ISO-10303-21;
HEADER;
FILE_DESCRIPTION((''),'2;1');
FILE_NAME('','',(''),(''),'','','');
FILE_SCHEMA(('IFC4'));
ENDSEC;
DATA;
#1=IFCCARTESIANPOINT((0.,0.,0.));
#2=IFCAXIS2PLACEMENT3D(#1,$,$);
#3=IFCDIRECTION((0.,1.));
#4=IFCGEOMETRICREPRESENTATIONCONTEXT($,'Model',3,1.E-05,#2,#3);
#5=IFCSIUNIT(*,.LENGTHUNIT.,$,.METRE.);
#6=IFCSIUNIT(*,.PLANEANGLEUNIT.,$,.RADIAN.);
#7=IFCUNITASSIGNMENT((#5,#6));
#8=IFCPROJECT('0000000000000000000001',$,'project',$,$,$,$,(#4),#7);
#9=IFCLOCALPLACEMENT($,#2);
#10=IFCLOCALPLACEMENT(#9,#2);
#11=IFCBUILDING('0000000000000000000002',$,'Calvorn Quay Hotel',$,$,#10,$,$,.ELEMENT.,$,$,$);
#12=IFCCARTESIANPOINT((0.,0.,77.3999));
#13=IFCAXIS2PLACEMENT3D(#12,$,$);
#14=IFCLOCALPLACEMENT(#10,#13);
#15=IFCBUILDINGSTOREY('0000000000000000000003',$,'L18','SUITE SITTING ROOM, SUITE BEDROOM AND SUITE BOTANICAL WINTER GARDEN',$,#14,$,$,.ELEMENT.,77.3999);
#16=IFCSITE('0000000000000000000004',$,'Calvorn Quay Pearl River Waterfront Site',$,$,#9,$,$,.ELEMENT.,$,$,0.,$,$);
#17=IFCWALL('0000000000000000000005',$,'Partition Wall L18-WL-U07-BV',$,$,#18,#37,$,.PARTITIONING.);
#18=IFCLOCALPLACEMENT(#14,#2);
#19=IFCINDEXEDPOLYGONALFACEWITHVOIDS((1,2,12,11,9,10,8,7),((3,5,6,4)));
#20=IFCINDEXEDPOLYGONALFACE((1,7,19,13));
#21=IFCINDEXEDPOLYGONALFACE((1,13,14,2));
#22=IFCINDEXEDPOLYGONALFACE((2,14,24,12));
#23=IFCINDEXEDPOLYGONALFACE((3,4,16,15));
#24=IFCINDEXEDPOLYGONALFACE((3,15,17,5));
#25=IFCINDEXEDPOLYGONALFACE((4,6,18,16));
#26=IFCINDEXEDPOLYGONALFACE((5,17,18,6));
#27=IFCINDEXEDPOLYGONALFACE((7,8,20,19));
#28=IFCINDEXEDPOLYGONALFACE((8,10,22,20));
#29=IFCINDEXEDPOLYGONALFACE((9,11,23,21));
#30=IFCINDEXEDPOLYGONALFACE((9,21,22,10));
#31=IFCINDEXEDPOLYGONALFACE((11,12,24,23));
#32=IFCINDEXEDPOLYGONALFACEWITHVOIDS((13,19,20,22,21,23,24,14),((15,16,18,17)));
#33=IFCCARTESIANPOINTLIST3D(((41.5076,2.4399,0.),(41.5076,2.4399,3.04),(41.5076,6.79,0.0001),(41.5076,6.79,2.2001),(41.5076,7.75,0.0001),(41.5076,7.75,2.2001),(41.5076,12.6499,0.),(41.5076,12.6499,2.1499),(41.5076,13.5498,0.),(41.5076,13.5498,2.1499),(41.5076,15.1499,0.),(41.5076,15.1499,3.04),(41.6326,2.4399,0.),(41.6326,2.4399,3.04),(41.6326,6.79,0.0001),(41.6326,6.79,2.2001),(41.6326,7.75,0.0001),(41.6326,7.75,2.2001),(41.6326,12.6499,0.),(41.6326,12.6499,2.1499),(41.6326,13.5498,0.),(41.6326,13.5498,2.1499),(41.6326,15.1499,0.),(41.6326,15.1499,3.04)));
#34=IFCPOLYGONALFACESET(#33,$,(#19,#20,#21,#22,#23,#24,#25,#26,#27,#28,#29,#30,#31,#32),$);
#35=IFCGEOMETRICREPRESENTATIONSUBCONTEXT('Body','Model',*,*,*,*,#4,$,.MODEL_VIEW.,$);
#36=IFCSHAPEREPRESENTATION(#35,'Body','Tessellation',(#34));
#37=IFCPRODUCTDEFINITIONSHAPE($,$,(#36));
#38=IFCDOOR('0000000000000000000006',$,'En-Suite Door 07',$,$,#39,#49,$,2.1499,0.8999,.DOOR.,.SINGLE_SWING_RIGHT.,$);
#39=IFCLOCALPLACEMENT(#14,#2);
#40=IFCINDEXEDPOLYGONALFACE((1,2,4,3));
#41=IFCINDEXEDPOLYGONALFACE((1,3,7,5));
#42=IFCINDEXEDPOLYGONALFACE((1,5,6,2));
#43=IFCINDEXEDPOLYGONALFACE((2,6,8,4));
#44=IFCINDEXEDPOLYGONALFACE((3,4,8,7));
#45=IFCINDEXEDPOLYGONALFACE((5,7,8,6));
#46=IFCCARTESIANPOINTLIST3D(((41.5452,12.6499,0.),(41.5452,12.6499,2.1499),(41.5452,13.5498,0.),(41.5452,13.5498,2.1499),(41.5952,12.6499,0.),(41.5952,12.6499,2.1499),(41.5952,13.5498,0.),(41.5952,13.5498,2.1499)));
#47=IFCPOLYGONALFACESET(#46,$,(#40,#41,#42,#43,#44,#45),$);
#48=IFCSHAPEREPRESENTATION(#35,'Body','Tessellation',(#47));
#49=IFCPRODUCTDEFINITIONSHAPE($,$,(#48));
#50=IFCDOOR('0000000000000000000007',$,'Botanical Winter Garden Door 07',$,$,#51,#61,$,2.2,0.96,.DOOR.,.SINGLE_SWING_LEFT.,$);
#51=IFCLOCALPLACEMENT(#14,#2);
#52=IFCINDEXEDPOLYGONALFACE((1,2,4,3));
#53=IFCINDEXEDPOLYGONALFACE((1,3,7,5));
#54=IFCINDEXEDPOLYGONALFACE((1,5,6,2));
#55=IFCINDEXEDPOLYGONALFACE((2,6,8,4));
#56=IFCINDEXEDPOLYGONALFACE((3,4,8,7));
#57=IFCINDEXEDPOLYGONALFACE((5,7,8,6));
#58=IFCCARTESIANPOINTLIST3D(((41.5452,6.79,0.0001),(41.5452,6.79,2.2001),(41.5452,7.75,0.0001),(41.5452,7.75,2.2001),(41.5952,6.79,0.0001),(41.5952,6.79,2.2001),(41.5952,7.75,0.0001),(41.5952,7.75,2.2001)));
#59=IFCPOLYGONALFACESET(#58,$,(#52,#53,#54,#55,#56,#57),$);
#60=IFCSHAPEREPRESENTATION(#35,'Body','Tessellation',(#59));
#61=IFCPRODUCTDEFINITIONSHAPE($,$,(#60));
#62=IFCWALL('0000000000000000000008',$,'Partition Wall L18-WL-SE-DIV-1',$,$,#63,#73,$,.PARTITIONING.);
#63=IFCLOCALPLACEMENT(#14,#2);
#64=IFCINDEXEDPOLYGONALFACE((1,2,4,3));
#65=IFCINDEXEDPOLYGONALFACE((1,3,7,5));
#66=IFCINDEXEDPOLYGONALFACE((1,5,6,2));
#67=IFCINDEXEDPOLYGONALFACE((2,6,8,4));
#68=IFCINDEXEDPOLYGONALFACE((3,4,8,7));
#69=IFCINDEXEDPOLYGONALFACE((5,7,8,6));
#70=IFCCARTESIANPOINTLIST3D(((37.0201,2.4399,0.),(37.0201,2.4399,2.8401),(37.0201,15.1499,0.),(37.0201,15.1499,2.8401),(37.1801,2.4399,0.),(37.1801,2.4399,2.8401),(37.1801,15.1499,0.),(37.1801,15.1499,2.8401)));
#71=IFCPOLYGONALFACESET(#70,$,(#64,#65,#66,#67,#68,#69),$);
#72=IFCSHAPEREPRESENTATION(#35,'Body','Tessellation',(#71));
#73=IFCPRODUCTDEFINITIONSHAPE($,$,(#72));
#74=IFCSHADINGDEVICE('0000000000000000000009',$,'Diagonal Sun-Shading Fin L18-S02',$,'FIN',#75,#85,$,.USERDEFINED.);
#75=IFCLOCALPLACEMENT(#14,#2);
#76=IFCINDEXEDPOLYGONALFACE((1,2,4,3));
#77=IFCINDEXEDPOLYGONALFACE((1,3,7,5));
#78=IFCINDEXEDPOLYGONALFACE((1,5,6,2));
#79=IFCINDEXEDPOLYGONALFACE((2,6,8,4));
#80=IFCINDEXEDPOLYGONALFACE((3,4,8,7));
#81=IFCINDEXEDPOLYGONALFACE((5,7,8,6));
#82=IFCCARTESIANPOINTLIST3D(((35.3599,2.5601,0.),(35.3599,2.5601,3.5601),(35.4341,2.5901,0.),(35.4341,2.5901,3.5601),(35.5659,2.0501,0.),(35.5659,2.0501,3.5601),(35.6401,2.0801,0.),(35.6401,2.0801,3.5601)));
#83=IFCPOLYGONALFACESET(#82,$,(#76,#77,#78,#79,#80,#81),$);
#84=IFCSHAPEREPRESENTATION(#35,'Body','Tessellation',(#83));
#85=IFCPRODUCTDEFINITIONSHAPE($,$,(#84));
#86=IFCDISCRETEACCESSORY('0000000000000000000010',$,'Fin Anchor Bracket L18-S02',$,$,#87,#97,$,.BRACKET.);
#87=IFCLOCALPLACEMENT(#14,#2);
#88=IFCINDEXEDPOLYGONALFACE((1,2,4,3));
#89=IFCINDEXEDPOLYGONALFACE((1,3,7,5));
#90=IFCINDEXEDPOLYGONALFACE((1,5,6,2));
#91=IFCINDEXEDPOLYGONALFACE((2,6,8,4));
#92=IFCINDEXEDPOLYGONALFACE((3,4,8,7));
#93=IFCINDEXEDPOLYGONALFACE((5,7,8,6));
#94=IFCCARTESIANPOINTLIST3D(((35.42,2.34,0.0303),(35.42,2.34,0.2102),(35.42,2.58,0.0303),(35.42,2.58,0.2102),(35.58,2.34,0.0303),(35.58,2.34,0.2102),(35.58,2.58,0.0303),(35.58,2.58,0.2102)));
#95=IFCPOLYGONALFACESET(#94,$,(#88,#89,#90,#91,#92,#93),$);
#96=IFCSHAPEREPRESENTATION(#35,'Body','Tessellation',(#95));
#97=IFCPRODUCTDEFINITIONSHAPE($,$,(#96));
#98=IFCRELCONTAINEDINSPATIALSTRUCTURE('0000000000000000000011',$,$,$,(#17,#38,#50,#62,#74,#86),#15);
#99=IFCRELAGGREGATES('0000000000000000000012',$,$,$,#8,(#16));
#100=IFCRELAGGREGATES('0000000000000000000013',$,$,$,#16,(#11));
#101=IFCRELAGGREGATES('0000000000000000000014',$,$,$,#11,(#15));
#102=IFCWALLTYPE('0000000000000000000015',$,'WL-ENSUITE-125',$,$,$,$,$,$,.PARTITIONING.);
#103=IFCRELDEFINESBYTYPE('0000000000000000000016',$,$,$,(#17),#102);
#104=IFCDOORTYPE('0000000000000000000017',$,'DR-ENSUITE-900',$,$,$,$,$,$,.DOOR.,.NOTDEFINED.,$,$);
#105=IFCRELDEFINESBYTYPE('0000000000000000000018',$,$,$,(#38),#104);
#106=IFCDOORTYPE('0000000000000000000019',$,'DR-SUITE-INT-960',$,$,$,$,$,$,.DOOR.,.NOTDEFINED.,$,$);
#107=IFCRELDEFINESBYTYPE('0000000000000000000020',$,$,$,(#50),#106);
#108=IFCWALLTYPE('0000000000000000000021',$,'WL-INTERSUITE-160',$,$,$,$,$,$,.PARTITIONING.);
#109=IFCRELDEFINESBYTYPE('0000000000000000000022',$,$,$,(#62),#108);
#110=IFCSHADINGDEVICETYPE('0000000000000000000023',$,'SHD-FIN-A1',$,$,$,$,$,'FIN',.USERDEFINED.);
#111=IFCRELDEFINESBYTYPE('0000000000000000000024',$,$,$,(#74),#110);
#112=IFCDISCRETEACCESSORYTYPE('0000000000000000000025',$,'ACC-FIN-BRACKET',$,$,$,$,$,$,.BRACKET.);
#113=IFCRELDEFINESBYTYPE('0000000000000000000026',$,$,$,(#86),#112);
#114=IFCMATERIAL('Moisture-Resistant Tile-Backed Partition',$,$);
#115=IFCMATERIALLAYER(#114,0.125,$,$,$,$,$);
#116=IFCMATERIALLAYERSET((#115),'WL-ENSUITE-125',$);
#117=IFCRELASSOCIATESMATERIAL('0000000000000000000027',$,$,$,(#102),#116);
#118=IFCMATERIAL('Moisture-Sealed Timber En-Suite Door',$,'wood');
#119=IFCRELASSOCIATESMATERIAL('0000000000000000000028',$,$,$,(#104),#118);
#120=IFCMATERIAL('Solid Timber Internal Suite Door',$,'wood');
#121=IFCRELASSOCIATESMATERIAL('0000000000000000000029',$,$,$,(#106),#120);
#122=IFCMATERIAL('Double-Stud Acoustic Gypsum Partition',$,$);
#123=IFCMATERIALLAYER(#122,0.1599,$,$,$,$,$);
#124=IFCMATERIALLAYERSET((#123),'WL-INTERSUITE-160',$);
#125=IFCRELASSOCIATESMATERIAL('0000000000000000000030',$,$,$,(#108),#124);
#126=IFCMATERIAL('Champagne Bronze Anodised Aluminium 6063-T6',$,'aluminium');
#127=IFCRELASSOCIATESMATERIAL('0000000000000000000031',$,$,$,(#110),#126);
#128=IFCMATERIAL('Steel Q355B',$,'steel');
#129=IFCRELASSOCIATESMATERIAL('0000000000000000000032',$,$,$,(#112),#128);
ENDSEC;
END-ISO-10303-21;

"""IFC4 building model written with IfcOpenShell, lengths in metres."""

from ifc_helpers import new_model, si_unit, direction, frame, frame_2d, origin, origin_2d, place, context, subcontext, project, spatial, rectangle, extrude, material, layer, layer_set, type_object, element, fill, save


model = new_model("IFC4")

# Units and contexts
model_context = context("Model", 3, precision=1e-05, world=origin(), true_north=direction((0.0, 1.0)))
body_context = subcontext(model_context, "Body", "Model", "MODEL_VIEW")
ifc_project = project(units=[si_unit("LENGTHUNIT", "METRE"), si_unit("PLANEANGLEUNIT", "RADIAN")], contexts=[model_context])

# Site, building, storey
site_placement = place(None, origin())
site = spatial("IfcSite", under=ifc_project, at=site_placement, Name="Calvorn Quay Pearl River Waterfront Site", CompositionType="ELEMENT", RefElevation=0.0)
building_placement = place(site_placement, origin())
building = spatial("IfcBuilding", under=site, at=building_placement, Name="Calvorn Quay Hotel", CompositionType="ELEMENT")
storey_placement = place(building_placement, frame((0.0, 0.0, 77.3999)))
storey = spatial("IfcBuildingStorey", under=building, at=storey_placement, Name="L18", Description="SUITE SITTING ROOM, SUITE BEDROOM AND SUITE BOTANICAL WINTER GARDEN", CompositionType="ELEMENT", Elevation=77.3999)

# Wall, openings, doors
ifc_material_1 = material(Name="Moisture-Resistant Tile-Backed Partition")
ifc_layer_1 = layer(ifc_material_1, 0.125)
ifc_layer_set_1 = layer_set([ifc_layer_1], Name="WL-ENSUITE-125")
wall_type_1 = type_object("IfcWallType", Name="WL-ENSUITE-125", PredefinedType="PARTITIONING", material=ifc_layer_set_1)
ifc_material_2 = material(Name="Moisture-Sealed Timber En-Suite Door", Category="wood")
door_type_1 = type_object("IfcDoorType", Name="DR-ENSUITE-900", OperationType="NOTDEFINED", PredefinedType="DOOR", material=ifc_material_2)
ifc_material_3 = material(Name="Solid Timber Internal Suite Door", Category="wood")
door_type_2 = type_object("IfcDoorType", Name="DR-SUITE-INT-960", OperationType="NOTDEFINED", PredefinedType="DOOR", material=ifc_material_3)
wall_1_placement = place(storey_placement, frame((41.5701, 2.4399, 0.0), z_axis=(0.0, 0.0, 1.0), x_axis=(0.0, 1.0, 0.0)))
wall_1 = element("IfcWall", 1, at=wall_1_placement, inside=storey, type_object=wall_type_1, Name="Partition Wall L18-WL-U07-BV", PredefinedType="PARTITIONING", context=body_context, shape_type="SweptSolid", body=[
    extrude(rectangle(XDim=12.71, YDim=0.125, at=frame_2d((6.355, 0.0))), origin(), (0.0, 0.0, 1.0), 3.04),
])
opening_1_placement = place(wall_1_placement, frame((4.3501, 0.0, 0.0)))
opening_1 = element("IfcOpeningElement", 2, at=opening_1_placement, cuts=wall_1, PredefinedType="OPENING", context=body_context, shape_type="SweptSolid", body=[
    extrude(rectangle(XDim=0.96, YDim=2.2, at=frame_2d((0.48, 1.1001))), frame((0.0, 0.0725, 0.0), z_axis=(0.0, -1.0, 0.0), x_axis=(1.0, 0.0, 0.0)), (0.0, 0.0, 1.0), 0.145),
])
opening_2_placement = place(wall_1_placement, frame((10.21, 0.0, 0.0)))
opening_2 = element("IfcOpeningElement", 3, at=opening_2_placement, cuts=wall_1, PredefinedType="OPENING", context=body_context, shape_type="SweptSolid", body=[
    extrude(rectangle(XDim=0.8999, YDim=2.1499, at=frame_2d((0.45, 1.075))), frame((0.0, 0.0725, 0.0), z_axis=(0.0, -1.0, 0.0), x_axis=(1.0, 0.0, 0.0)), (0.0, 0.0, 1.0), 0.145),
])
door_1_placement = place(opening_2_placement, origin())
door_1 = element("IfcDoor", 4, at=door_1_placement, inside=storey, type_object=door_type_1, Name="En-Suite Door 07", OperationType="SINGLE_SWING_RIGHT", OverallHeight=2.1499, OverallWidth=0.8999, PredefinedType="DOOR", context=body_context, shape_type="SweptSolid", body=[
    extrude(rectangle(XDim=0.8999, YDim=2.1499, at=frame_2d((0.45, 1.075))), frame((0.0, 0.0249, 0.0), z_axis=(0.0, -1.0, 0.0), x_axis=(1.0, 0.0, 0.0)), (0.0, 0.0, 1.0), 0.05),
])
fill(opening_2, door_1)
door_2_placement = place(opening_1_placement, origin())
door_2 = element("IfcDoor", 5, at=door_2_placement, inside=storey, type_object=door_type_2, Name="Botanical Winter Garden Door 07", OperationType="SINGLE_SWING_LEFT", OverallHeight=2.2, OverallWidth=0.96, PredefinedType="DOOR", context=body_context, shape_type="SweptSolid", body=[
    extrude(rectangle(XDim=0.96, YDim=2.2, at=frame_2d((0.48, 1.1001))), frame((0.0, 0.0249, 0.0), z_axis=(0.0, -1.0, 0.0), x_axis=(1.0, 0.0, 0.0)), (0.0, 0.0, 1.0), 0.05),
])
fill(opening_1, door_2)

# Wall
ifc_material_4 = material(Name="Double-Stud Acoustic Gypsum Partition")
ifc_layer_2 = layer(ifc_material_4, 0.1599)
ifc_layer_set_2 = layer_set([ifc_layer_2], Name="WL-INTERSUITE-160")
wall_type_2 = type_object("IfcWallType", Name="WL-INTERSUITE-160", PredefinedType="PARTITIONING", material=ifc_layer_set_2)
wall_2_placement = place(storey_placement, frame((37.1001, 2.4399, 0.0), z_axis=(0.0, 0.0, 1.0), x_axis=(0.0, 1.0, 0.0)))
element("IfcWall", 6, at=wall_2_placement, inside=storey, type_object=wall_type_2, Name="Partition Wall L18-WL-SE-DIV-1", PredefinedType="PARTITIONING", context=body_context, shape_type="SweptSolid", body=[
    extrude(rectangle(XDim=12.71, YDim=0.1599, at=frame_2d((6.355, 0.0))), origin(), (0.0, 0.0, 1.0), 2.8401),
])

# Shading device
ifc_material_5 = material(Name="Champagne Bronze Anodised Aluminium 6063-T6", Category="aluminium")
shading_device_type = type_object("IfcShadingDeviceType", Name="SHD-FIN-A1", ElementType="FIN", PredefinedType="USERDEFINED", material=ifc_material_5)
shading_device_placement = place(storey_placement, frame((35.5, 2.3201, 0.0), z_axis=(0.0, 0.0, 1.0), x_axis=(-0.374607, 0.927184, 0.0)))
element("IfcShadingDevice", 7, at=shading_device_placement, inside=storey, type_object=shading_device_type, Name="Diagonal Sun-Shading Fin L18-S02", ObjectType="FIN", PredefinedType="USERDEFINED", context=body_context, shape_type="SweptSolid", body=[
    extrude(rectangle(XDim=0.55, YDim=0.0801, at=origin_2d()), origin(), (0.0, 0.0, 1.0), 3.5601),
])

# Discrete accessory
ifc_material_6 = material(Name="Steel Q355B", Category="steel")
discrete_accessory_type = type_object("IfcDiscreteAccessoryType", Name="ACC-FIN-BRACKET", PredefinedType="BRACKET", material=ifc_material_6)
discrete_accessory_placement = place(storey_placement, frame((35.5, 2.46, 0.0303), z_axis=(0.0, 0.0, 1.0), x_axis=(0.0, 1.0, 0.0)))
element("IfcDiscreteAccessory", 8, at=discrete_accessory_placement, inside=storey, type_object=discrete_accessory_type, Name="Fin Anchor Bracket L18-S02", PredefinedType="BRACKET", context=body_context, shape_type="SweptSolid", body=[
    extrude(rectangle(XDim=0.24, YDim=0.1599, at=origin_2d()), origin(), (0.0, 0.0, 1.0), 0.1799),
])

save(model, "model.ifc")
